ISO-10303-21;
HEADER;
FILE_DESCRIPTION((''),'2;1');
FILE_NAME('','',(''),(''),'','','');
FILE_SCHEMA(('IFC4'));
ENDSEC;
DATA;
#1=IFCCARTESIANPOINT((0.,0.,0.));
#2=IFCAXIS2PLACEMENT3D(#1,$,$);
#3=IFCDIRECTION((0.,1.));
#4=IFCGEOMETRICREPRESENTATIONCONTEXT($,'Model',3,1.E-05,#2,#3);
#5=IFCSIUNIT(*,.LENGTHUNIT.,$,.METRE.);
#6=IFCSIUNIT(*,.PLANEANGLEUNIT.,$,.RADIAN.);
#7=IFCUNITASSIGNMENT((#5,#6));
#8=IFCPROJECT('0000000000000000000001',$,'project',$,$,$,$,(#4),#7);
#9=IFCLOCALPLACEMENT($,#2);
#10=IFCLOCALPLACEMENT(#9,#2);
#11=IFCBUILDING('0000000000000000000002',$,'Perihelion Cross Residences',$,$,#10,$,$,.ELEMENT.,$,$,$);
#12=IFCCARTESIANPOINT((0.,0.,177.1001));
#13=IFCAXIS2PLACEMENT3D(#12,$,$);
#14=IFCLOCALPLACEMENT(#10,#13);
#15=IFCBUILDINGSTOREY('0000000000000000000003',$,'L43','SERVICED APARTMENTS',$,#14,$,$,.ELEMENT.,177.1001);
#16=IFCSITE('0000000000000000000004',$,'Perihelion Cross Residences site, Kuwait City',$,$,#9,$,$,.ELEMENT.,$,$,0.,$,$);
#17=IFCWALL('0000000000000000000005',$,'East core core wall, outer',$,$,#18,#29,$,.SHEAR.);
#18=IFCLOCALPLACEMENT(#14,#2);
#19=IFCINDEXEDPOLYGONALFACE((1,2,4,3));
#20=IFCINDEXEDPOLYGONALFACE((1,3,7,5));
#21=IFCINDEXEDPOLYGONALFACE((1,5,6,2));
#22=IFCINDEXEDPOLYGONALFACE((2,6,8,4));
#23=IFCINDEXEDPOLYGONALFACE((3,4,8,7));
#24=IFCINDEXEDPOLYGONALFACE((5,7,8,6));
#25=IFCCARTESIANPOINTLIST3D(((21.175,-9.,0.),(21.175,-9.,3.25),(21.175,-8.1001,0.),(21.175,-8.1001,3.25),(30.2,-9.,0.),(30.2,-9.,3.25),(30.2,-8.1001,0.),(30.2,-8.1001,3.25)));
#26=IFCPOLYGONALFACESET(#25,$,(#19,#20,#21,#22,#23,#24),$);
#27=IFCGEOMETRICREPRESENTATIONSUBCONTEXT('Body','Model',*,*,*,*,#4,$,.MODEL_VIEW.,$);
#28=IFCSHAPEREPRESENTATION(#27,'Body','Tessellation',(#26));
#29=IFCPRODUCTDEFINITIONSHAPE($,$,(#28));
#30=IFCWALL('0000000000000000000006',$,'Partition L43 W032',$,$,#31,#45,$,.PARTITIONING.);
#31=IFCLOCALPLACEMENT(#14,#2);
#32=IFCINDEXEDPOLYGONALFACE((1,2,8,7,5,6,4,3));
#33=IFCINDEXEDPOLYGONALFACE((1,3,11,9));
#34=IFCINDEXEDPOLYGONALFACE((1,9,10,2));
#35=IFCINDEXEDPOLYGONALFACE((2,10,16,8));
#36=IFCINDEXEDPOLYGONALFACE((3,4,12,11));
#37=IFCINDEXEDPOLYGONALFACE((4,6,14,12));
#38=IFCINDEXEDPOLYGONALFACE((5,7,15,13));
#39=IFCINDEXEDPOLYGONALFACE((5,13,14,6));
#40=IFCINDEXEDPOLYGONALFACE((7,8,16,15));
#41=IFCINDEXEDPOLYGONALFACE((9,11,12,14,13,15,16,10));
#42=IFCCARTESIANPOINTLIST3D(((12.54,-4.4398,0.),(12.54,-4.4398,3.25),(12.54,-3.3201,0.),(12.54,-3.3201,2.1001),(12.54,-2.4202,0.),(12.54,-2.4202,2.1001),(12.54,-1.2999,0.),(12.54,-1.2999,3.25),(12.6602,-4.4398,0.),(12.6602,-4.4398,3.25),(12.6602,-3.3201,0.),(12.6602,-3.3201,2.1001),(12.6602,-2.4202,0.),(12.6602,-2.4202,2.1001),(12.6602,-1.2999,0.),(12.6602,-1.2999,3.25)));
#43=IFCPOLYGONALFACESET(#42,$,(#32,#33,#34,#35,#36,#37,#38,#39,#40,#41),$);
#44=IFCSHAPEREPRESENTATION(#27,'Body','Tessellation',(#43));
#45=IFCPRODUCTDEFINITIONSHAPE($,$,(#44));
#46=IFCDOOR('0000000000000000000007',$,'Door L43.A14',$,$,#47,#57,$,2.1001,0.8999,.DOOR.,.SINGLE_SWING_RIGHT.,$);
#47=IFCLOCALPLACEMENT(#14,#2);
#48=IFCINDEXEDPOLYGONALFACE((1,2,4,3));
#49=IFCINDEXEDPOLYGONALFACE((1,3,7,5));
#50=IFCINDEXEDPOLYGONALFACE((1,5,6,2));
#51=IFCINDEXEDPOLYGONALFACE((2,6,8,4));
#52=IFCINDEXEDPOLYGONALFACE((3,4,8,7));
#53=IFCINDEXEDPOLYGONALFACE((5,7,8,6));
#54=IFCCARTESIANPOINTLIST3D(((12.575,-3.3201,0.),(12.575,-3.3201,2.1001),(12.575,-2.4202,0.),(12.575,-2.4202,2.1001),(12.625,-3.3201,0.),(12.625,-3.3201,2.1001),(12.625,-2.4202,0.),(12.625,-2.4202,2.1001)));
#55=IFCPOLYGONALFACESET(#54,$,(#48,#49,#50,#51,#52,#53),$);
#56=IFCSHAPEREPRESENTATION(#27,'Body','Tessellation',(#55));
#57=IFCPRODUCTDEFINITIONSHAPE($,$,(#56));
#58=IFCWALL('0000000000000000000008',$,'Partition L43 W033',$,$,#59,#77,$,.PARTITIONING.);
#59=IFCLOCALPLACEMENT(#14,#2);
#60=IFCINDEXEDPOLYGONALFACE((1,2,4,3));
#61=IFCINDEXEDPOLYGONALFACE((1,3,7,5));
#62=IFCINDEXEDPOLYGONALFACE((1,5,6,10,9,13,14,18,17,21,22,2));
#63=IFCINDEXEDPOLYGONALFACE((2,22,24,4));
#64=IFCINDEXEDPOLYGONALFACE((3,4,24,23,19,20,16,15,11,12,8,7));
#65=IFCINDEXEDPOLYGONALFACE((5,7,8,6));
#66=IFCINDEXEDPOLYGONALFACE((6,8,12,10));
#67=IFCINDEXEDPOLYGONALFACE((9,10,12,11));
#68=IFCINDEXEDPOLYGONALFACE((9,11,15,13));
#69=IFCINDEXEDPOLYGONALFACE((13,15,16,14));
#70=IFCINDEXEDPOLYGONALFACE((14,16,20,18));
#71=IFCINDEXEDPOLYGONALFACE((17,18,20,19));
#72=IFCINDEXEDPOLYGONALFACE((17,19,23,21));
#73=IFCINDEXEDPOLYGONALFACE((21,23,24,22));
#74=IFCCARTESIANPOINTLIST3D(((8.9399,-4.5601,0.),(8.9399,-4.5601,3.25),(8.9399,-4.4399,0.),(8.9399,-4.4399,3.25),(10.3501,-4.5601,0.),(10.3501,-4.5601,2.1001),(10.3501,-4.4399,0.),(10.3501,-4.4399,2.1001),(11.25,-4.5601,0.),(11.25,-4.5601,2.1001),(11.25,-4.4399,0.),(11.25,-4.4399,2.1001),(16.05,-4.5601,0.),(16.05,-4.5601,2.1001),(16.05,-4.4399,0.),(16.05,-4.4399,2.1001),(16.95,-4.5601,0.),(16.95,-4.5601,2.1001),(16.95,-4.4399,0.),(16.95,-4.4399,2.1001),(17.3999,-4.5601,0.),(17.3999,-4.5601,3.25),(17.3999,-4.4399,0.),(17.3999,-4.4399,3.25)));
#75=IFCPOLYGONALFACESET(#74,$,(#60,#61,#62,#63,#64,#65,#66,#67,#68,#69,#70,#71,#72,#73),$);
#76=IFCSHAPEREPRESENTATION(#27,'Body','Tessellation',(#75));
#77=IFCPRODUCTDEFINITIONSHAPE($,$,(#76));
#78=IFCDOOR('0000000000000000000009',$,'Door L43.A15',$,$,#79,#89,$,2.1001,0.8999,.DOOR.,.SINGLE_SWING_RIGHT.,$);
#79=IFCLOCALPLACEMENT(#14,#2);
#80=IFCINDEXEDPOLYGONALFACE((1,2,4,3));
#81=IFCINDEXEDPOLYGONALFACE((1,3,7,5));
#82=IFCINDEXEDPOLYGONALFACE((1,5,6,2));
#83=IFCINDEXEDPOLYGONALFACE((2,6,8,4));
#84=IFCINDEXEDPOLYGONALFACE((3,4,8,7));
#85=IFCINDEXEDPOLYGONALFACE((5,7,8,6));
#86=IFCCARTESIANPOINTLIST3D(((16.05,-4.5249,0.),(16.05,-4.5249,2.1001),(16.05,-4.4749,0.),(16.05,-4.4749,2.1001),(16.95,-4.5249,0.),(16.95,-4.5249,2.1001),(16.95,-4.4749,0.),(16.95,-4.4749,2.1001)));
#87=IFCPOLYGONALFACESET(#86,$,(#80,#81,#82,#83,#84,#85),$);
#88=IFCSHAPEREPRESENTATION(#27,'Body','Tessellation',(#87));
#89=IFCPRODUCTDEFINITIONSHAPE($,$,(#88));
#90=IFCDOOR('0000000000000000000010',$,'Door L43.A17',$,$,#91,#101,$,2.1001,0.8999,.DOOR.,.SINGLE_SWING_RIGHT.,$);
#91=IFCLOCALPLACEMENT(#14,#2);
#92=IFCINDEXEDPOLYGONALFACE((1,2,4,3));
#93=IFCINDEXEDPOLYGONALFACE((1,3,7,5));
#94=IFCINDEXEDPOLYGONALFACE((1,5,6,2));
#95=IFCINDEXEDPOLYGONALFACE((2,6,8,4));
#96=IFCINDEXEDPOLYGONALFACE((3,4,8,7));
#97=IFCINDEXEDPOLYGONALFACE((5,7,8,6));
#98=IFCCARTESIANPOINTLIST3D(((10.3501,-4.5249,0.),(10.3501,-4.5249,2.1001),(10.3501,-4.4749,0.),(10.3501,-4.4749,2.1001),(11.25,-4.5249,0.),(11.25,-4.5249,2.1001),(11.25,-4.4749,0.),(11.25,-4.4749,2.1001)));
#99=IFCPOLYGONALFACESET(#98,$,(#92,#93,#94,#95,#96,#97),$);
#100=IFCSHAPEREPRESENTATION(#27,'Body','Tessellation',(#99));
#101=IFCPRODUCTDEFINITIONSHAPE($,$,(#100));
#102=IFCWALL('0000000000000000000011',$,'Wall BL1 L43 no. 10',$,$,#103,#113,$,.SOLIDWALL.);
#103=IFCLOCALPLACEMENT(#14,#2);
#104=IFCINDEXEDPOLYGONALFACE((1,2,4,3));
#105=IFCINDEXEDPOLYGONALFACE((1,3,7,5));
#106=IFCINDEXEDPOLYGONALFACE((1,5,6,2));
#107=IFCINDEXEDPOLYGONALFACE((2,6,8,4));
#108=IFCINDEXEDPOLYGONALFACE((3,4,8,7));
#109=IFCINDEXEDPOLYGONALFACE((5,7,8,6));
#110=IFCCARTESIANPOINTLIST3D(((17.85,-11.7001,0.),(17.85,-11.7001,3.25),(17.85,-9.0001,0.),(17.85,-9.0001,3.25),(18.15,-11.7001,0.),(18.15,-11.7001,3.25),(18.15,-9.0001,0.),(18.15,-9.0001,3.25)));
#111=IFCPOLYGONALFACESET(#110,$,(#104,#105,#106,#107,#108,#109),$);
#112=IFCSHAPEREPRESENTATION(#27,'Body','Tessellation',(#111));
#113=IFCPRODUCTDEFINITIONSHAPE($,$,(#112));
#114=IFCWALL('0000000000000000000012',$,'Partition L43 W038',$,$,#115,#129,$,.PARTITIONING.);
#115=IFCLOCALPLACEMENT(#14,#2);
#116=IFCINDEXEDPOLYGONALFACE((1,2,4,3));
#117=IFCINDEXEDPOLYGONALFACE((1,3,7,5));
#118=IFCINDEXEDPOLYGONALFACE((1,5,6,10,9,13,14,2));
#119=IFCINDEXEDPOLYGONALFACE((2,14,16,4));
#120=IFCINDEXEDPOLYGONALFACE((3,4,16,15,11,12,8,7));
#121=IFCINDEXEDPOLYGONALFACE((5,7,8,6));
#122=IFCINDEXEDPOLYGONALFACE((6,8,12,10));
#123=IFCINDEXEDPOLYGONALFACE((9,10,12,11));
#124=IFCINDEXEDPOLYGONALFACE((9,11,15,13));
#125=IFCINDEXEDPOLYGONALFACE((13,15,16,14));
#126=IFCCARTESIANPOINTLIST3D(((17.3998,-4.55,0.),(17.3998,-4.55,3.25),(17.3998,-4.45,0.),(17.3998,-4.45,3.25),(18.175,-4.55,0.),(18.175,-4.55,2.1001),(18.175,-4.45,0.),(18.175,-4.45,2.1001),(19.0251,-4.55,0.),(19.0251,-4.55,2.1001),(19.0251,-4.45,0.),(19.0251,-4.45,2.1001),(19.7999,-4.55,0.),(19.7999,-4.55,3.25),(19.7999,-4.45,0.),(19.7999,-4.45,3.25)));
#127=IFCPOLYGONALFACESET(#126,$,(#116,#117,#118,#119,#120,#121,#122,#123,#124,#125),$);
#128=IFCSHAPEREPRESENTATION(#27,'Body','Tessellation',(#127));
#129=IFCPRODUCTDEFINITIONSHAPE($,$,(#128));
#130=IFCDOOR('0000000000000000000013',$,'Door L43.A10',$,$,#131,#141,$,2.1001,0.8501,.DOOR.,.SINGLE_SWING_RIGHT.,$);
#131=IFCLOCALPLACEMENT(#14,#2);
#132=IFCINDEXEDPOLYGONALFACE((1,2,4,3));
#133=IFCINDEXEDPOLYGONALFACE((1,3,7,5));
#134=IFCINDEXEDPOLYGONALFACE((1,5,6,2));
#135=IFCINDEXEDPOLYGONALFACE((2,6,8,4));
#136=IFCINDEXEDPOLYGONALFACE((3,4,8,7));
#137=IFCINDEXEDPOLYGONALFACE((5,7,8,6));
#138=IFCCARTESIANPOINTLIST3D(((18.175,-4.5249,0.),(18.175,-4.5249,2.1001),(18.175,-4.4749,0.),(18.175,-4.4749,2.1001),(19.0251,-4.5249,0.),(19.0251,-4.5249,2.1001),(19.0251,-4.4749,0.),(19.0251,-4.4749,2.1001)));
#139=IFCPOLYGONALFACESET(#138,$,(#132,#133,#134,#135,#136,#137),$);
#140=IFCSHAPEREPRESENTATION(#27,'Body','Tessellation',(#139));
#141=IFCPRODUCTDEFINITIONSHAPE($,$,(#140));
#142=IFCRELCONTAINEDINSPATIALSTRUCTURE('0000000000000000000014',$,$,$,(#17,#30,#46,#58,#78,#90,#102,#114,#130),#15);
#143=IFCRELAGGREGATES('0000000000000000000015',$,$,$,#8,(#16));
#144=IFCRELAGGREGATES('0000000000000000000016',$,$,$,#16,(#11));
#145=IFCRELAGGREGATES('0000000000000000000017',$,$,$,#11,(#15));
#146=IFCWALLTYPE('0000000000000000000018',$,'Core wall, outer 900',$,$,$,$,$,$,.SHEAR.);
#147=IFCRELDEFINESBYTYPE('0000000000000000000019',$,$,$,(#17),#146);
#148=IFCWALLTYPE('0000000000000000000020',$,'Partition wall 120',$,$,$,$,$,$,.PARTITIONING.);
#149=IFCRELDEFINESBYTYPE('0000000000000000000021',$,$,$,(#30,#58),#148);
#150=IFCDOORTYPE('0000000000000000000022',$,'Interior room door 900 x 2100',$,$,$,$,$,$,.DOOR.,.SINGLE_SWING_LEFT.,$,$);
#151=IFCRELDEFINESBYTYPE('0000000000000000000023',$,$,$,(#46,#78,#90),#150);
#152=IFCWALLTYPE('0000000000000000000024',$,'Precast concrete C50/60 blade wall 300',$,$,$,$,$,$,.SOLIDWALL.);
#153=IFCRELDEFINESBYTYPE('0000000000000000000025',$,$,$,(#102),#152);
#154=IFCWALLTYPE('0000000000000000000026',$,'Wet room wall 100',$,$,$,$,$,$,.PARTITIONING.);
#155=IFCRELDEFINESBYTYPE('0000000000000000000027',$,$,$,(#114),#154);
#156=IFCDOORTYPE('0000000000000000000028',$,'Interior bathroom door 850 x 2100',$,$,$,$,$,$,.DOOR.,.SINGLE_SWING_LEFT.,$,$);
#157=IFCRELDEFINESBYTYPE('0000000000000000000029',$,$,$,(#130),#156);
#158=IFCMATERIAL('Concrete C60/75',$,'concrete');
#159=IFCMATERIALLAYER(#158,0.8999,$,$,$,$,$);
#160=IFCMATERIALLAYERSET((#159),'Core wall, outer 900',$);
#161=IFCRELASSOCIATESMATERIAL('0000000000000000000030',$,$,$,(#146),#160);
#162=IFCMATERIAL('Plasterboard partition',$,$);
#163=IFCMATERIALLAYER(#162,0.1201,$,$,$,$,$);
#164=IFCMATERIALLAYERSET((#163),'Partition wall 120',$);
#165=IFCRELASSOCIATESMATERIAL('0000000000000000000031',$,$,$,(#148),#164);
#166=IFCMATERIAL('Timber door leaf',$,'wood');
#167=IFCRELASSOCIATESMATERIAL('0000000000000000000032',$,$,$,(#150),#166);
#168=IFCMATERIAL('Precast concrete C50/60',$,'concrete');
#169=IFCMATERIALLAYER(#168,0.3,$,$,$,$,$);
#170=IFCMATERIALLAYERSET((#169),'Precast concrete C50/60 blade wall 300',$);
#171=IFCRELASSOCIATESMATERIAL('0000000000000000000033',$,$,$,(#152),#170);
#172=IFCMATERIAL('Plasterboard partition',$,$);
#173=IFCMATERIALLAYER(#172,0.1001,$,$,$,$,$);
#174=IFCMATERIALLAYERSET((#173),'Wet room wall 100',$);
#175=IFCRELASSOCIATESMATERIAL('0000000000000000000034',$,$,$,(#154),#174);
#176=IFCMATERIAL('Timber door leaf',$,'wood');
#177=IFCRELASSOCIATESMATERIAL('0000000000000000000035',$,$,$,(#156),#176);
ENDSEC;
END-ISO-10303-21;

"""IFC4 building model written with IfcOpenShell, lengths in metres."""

from ifc_helpers import new_model, si_unit, direction, frame, frame_2d, origin, place, context, subcontext, project, spatial, rectangle, extrude, material, layer, layer_set, type_object, element, fill, save


model = new_model("IFC4")

# Units and contexts
model_context = context("Model", 3, precision=1e-05, world=origin(), true_north=direction((0.0, 1.0)))
body_context = subcontext(model_context, "Body", "Model", "MODEL_VIEW")
ifc_project = project(units=[si_unit("LENGTHUNIT", "METRE"), si_unit("PLANEANGLEUNIT", "RADIAN")], contexts=[model_context])

# Site, building, storey
site_placement = place(None, origin())
site = spatial("IfcSite", under=ifc_project, at=site_placement, Name="Perihelion Cross Residences site, Kuwait City", CompositionType="ELEMENT", RefElevation=0.0)
building_placement = place(site_placement, origin())
building = spatial("IfcBuilding", under=site, at=building_placement, Name="Perihelion Cross Residences", CompositionType="ELEMENT")
storey_placement = place(building_placement, frame((0.0, 0.0, 177.1001)))
storey = spatial("IfcBuildingStorey", under=building, at=storey_placement, Name="L43", Description="SERVICED APARTMENTS", CompositionType="ELEMENT", Elevation=177.1001)

# Wall
ifc_material_1 = material(Name="Concrete C60/75", Category="concrete")
ifc_layer_1 = layer(ifc_material_1, 0.8999)
ifc_layer_set_1 = layer_set([ifc_layer_1], Name="Core wall, outer 900")
wall_type_1 = type_object("IfcWallType", Name="Core wall, outer 900", PredefinedType="SHEAR", material=ifc_layer_set_1)
wall_1_placement = place(storey_placement, frame((21.175, -8.55, 0.0), z_axis=(0.0, 0.0, 1.0), x_axis=(1.0, 0.0, 0.0)))
element("IfcWall", 1, at=wall_1_placement, inside=storey, type_object=wall_type_1, Name="East core core wall, outer", PredefinedType="SHEAR", context=body_context, shape_type="SweptSolid", body=[
    extrude(rectangle(XDim=9.0249, YDim=0.8999, at=frame_2d((4.5125, 0.0))), origin(), (0.0, 0.0, 1.0), 3.25),
])

# Wall, opening, door
ifc_material_2 = material(Name="Plasterboard partition")
ifc_layer_2 = layer(ifc_material_2, 0.1201)
ifc_layer_set_2 = layer_set([ifc_layer_2], Name="Partition wall 120")
wall_type_2 = type_object("IfcWallType", Name="Partition wall 120", PredefinedType="PARTITIONING", material=ifc_layer_set_2)
wall_2_placement = place(storey_placement, frame((12.6001, -1.3, 0.0), z_axis=(0.0, 0.0, 1.0), x_axis=(0.0, -1.0, 0.0)))
wall_2 = element("IfcWall", 2, at=wall_2_placement, inside=storey, type_object=wall_type_2, Name="Partition L43 W032", PredefinedType="PARTITIONING", context=body_context, shape_type="SweptSolid", body=[
    extrude(rectangle(XDim=3.1399, YDim=0.1201, at=frame_2d((1.5698, 0.0))), origin(), (0.0, 0.0, 1.0), 3.25),
])
opening_1_placement = place(wall_2_placement, frame((1.1201, 0.0, 0.0)))
opening_1 = element("IfcOpeningElement", 3, at=opening_1_placement, cuts=wall_2, PredefinedType="OPENING", context=body_context, shape_type="SweptSolid", body=[
    extrude(rectangle(XDim=0.8999, YDim=2.1001, at=frame_2d((0.45, 1.05))), frame((0.0, 0.0701, 0.0), z_axis=(0.0, -1.0, 0.0), x_axis=(1.0, 0.0, 0.0)), (0.0, 0.0, 1.0), 0.1401),
])
ifc_material_3 = material(Name="Timber door leaf", Category="wood")
door_type_1 = type_object("IfcDoorType", Name="Interior room door 900 x 2100", OperationType="SINGLE_SWING_LEFT", PredefinedType="DOOR", material=ifc_material_3)
door_1_placement = place(opening_1_placement, origin())
door_1 = element("IfcDoor", 4, at=door_1_placement, inside=storey, type_object=door_type_1, Name="Door L43.A14", OperationType="SINGLE_SWING_RIGHT", OverallHeight=2.1001, OverallWidth=0.8999, PredefinedType="DOOR", context=body_context, shape_type="SweptSolid", body=[
    extrude(rectangle(XDim=0.8999, YDim=2.1001, at=frame_2d((0.45, 1.05))), frame((0.0, 0.0249, 0.0), z_axis=(0.0, -1.0, 0.0), x_axis=(1.0, 0.0, 0.0)), (0.0, 0.0, 1.0), 0.05),
])
fill(opening_1, door_1)

# Wall, openings, doors
wall_3_placement = place(storey_placement, frame((17.3999, -4.5, 0.0), z_axis=(0.0, 0.0, 1.0), x_axis=(-1.0, 0.0, 0.0)))
wall_3 = element("IfcWall", 5, at=wall_3_placement, inside=storey, type_object=wall_type_2, Name="Partition L43 W033", PredefinedType="PARTITIONING", context=body_context, shape_type="SweptSolid", body=[
    extrude(rectangle(XDim=8.46, YDim=0.1201, at=frame_2d((4.23, 0.0))), origin(), (0.0, 0.0, 1.0), 3.25),
])
opening_2_placement = place(wall_3_placement, frame((0.45, 0.0, 0.0)))
opening_2 = element("IfcOpeningElement", 6, at=opening_2_placement, cuts=wall_3, PredefinedType="OPENING", context=body_context, shape_type="SweptSolid", body=[
    extrude(rectangle(XDim=0.8999, YDim=2.1001, at=frame_2d((0.45, 1.05))), frame((0.0, 0.0701, 0.0), z_axis=(0.0, -1.0, 0.0), x_axis=(1.0, 0.0, 0.0)), (0.0, 0.0, 1.0), 0.1401),
])
opening_3_placement = place(wall_3_placement, frame((6.1499, 0.0, 0.0)))
opening_3 = element("IfcOpeningElement", 7, at=opening_3_placement, cuts=wall_3, PredefinedType="OPENING", context=body_context, shape_type="SweptSolid", body=[
    extrude(rectangle(XDim=0.8999, YDim=2.1001, at=frame_2d((0.45, 1.05))), frame((0.0, 0.0701, 0.0), z_axis=(0.0, -1.0, 0.0), x_axis=(1.0, 0.0, 0.0)), (0.0, 0.0, 1.0), 0.1401),
])
door_2_placement = place(opening_2_placement, origin())
door_2 = element("IfcDoor", 8, at=door_2_placement, inside=storey, type_object=door_type_1, Name="Door L43.A15", OperationType="SINGLE_SWING_RIGHT", OverallHeight=2.1001, OverallWidth=0.8999, PredefinedType="DOOR", context=body_context, shape_type="SweptSolid", body=[
    extrude(rectangle(XDim=0.8999, YDim=2.1001, at=frame_2d((0.45, 1.05))), frame((0.0, 0.0249, 0.0), z_axis=(0.0, -1.0, 0.0), x_axis=(1.0, 0.0, 0.0)), (0.0, 0.0, 1.0), 0.05),
])
fill(opening_2, door_2)
door_3_placement = place(opening_3_placement, origin())
door_3 = element("IfcDoor", 9, at=door_3_placement, inside=storey, type_object=door_type_1, Name="Door L43.A17", OperationType="SINGLE_SWING_RIGHT", OverallHeight=2.1001, OverallWidth=0.8999, PredefinedType="DOOR", context=body_context, shape_type="SweptSolid", body=[
    extrude(rectangle(XDim=0.8999, YDim=2.1001, at=frame_2d((0.45, 1.05))), frame((0.0, 0.0249, 0.0), z_axis=(0.0, -1.0, 0.0), x_axis=(1.0, 0.0, 0.0)), (0.0, 0.0, 1.0), 0.05),
])
fill(opening_3, door_3)

# Wall
ifc_material_4 = material(Name="Precast concrete C50/60", Category="concrete")
ifc_layer_3 = layer(ifc_material_4, 0.3)
ifc_layer_set_3 = layer_set([ifc_layer_3], Name="Precast concrete C50/60 blade wall 300")
wall_type_3 = type_object("IfcWallType", Name="Precast concrete C50/60 blade wall 300", PredefinedType="SOLIDWALL", material=ifc_layer_set_3)
wall_4_placement = place(storey_placement, frame((18.0, -9.0, 0.0), z_axis=(0.0, 0.0, 1.0), x_axis=(0.0, -1.0, 0.0)))
element("IfcWall", 10, at=wall_4_placement, inside=storey, type_object=wall_type_3, Name="Wall BL1 L43 no. 10", PredefinedType="SOLIDWALL", context=body_context, shape_type="SweptSolid", body=[
    extrude(rectangle(XDim=2.7, YDim=0.3, at=frame_2d((1.3501, 0.0))), origin(), (0.0, 0.0, 1.0), 3.25),
])

# Wall, opening, door
ifc_material_5 = material(Name="Plasterboard partition")
ifc_layer_4 = layer(ifc_material_5, 0.1001)
ifc_layer_set_4 = layer_set([ifc_layer_4], Name="Wet room wall 100")
wall_type_4 = type_object("IfcWallType", Name="Wet room wall 100", PredefinedType="PARTITIONING", material=ifc_layer_set_4)
wall_5_placement = place(storey_placement, frame((19.8, -4.5, 0.0), z_axis=(0.0, 0.0, 1.0), x_axis=(-1.0, 0.0, 0.0)))
wall_5 = element("IfcWall", 11, at=wall_5_placement, inside=storey, type_object=wall_type_4, Name="Partition L43 W038", PredefinedType="PARTITIONING", context=body_context, shape_type="SweptSolid", body=[
    extrude(rectangle(XDim=2.4001, YDim=0.1001, at=frame_2d((1.2002, 0.0))), origin(), (0.0, 0.0, 1.0), 3.25),
])
opening_4_placement = place(wall_5_placement, frame((0.7749, 0.0, 0.0)))
opening_4 = element("IfcOpeningElement", 12, at=opening_4_placement, cuts=wall_5, PredefinedType="OPENING", context=body_context, shape_type="SweptSolid", body=[
    extrude(rectangle(XDim=0.8501, YDim=2.1001, at=frame_2d((0.425, 1.05))), frame((0.0, 0.0601, 0.0), z_axis=(0.0, -1.0, 0.0), x_axis=(1.0, 0.0, 0.0)), (0.0, 0.0, 1.0), 0.1201),
])
ifc_material_6 = material(Name="Timber door leaf", Category="wood")
door_type_2 = type_object("IfcDoorType", Name="Interior bathroom door 850 x 2100", OperationType="SINGLE_SWING_LEFT", PredefinedType="DOOR", material=ifc_material_6)
door_4_placement = place(opening_4_placement, origin())
door_4 = element("IfcDoor", 13, at=door_4_placement, inside=storey, type_object=door_type_2, Name="Door L43.A10", OperationType="SINGLE_SWING_RIGHT", OverallHeight=2.1001, OverallWidth=0.8501, PredefinedType="DOOR", context=body_context, shape_type="SweptSolid", body=[
    extrude(rectangle(XDim=0.8501, YDim=2.1001, at=frame_2d((0.425, 1.05))), frame((0.0, 0.0249, 0.0), z_axis=(0.0, -1.0, 0.0), x_axis=(1.0, 0.0, 0.0)), (0.0, 0.0, 1.0), 0.05),
])
fill(opening_4, door_4)

save(model, "model.ifc")
